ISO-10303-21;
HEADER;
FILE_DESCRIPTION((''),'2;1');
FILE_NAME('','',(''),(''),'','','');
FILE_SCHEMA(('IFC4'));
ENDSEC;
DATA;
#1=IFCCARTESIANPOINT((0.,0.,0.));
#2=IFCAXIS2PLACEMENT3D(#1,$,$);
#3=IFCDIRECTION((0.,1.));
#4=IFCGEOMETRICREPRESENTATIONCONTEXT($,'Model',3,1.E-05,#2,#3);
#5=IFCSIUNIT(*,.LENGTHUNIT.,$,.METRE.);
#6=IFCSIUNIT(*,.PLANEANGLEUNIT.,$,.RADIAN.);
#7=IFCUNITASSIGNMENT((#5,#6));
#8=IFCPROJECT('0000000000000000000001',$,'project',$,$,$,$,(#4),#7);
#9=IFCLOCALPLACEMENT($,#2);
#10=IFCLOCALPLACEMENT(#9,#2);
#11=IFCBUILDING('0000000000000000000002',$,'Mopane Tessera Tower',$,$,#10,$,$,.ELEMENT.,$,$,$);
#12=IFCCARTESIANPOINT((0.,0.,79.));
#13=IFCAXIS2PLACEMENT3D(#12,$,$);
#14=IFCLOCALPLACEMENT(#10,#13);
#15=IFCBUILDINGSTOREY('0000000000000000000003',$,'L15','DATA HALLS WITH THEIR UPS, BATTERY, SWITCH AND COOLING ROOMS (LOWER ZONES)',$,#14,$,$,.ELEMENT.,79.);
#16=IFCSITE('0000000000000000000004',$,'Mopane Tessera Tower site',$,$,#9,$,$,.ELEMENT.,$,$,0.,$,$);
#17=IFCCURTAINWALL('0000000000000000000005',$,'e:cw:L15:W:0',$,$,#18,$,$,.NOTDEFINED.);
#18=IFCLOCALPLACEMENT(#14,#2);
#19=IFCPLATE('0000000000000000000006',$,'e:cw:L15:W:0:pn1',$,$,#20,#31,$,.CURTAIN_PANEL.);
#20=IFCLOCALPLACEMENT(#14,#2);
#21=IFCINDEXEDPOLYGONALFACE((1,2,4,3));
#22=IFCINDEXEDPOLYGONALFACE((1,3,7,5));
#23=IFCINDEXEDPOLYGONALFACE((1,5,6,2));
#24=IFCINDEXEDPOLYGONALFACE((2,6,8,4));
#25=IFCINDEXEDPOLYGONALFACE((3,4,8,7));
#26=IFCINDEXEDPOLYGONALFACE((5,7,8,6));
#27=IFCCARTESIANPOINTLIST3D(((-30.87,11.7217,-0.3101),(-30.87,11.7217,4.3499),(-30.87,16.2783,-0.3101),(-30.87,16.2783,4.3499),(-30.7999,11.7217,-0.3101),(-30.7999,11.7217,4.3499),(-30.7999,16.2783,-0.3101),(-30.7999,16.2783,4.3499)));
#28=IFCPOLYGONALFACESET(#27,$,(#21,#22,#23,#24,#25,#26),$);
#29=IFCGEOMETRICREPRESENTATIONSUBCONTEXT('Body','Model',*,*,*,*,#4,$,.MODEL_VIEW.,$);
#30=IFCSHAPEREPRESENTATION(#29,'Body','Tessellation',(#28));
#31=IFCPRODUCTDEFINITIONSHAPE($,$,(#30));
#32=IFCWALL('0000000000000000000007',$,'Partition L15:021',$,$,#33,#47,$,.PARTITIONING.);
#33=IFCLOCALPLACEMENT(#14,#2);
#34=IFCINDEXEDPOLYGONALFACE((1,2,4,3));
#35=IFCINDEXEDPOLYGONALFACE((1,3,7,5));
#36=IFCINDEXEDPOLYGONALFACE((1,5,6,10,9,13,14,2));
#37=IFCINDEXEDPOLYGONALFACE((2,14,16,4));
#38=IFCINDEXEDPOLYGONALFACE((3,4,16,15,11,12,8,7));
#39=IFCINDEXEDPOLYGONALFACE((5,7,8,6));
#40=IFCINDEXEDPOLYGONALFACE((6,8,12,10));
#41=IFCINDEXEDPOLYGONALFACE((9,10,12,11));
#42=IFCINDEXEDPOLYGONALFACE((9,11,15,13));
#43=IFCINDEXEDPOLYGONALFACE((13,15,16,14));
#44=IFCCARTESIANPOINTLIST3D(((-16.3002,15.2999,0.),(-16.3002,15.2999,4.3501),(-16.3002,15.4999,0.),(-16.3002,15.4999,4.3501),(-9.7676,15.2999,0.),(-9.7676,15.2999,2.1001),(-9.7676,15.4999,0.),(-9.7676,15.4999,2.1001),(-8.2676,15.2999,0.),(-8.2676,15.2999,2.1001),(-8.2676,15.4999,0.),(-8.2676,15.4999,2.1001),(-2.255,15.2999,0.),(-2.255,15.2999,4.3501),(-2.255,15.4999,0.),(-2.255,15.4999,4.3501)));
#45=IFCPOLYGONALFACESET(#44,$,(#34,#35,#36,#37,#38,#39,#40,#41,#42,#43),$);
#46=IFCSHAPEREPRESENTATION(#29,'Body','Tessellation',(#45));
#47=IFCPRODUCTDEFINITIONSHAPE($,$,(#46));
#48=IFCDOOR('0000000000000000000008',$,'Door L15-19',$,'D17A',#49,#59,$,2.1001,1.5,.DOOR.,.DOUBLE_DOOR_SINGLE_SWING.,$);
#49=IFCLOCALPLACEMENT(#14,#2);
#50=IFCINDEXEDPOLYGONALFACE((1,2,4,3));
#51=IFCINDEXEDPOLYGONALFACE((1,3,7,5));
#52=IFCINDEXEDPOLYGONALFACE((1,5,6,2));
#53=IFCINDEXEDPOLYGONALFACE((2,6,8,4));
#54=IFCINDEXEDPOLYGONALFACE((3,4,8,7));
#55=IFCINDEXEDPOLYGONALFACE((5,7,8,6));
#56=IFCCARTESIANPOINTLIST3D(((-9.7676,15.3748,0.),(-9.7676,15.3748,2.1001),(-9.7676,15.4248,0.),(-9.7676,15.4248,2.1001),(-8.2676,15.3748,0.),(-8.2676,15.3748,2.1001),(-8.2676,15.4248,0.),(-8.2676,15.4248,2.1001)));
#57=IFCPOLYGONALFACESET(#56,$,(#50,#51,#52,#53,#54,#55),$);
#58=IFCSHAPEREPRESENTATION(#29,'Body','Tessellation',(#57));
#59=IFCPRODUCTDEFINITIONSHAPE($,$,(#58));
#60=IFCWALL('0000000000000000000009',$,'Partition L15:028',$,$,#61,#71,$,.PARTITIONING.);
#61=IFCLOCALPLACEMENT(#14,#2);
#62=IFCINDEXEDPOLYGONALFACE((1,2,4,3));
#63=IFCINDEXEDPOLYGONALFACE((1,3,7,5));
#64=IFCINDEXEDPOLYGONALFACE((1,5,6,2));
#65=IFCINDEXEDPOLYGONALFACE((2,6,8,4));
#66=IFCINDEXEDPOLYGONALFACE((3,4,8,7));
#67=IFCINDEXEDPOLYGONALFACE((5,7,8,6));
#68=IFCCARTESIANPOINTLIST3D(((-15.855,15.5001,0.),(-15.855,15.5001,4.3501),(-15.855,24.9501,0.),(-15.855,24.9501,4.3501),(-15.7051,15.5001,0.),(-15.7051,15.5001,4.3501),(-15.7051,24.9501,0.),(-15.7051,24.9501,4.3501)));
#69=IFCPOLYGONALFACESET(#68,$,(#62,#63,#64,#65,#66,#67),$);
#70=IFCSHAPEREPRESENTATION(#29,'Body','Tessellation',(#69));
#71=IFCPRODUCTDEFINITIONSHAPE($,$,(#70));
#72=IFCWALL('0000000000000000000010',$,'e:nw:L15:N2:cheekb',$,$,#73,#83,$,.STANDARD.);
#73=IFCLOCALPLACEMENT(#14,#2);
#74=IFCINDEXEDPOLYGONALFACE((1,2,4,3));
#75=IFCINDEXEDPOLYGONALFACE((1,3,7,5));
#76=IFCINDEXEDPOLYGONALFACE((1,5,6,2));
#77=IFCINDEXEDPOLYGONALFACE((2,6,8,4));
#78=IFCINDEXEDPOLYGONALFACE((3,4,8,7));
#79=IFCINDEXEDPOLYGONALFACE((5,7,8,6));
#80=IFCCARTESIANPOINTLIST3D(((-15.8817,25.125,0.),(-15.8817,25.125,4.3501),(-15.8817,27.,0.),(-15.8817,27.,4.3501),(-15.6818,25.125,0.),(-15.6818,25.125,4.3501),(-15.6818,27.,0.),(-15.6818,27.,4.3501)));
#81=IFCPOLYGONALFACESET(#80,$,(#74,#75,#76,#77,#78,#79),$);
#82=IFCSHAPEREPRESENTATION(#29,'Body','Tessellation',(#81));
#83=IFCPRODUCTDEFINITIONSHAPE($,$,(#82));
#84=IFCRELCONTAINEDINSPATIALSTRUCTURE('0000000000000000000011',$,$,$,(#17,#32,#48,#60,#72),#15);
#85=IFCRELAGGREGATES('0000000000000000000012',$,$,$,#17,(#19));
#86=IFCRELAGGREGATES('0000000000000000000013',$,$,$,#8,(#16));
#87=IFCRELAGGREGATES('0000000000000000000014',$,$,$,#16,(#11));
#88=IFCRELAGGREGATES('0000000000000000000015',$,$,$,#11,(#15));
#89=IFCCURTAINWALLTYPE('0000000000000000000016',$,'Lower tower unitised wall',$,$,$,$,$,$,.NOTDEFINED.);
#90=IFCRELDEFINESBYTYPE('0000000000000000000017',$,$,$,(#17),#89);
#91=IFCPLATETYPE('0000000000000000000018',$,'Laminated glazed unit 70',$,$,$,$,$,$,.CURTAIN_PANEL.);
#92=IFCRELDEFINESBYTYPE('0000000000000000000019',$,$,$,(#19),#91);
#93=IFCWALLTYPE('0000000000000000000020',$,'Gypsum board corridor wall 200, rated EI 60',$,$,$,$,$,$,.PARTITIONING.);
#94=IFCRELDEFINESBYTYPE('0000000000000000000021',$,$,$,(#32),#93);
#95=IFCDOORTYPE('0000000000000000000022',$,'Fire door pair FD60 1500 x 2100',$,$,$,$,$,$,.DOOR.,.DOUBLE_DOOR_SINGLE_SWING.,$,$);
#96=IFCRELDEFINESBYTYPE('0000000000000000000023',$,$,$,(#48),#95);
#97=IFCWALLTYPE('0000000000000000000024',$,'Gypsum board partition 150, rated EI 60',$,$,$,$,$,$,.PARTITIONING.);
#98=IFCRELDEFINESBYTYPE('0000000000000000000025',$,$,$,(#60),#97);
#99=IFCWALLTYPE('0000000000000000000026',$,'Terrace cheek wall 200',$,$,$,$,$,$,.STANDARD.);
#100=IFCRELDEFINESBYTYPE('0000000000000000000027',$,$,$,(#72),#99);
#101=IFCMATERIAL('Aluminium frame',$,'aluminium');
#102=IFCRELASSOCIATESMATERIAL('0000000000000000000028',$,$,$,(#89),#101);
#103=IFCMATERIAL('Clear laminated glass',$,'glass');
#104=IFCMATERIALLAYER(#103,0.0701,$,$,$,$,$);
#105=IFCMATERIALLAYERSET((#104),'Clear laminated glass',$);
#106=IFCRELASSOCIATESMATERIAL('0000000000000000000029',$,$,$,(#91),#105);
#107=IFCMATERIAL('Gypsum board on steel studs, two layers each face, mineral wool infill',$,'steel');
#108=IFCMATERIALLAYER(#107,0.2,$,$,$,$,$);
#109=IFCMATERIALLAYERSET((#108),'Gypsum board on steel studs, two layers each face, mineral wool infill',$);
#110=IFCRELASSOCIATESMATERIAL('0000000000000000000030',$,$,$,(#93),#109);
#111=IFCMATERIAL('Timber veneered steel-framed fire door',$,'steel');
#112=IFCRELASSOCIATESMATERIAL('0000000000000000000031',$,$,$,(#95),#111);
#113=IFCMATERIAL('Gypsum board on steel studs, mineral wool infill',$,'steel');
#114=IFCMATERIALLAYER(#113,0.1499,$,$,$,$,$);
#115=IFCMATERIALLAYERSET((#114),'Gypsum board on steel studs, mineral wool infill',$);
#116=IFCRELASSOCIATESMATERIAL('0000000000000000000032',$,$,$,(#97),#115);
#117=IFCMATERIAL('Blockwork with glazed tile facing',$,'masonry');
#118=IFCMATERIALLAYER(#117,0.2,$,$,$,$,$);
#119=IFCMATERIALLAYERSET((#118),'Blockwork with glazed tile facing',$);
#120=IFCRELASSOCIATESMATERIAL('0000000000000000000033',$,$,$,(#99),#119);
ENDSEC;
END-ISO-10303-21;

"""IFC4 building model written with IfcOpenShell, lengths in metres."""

from ifc_helpers import new_model, si_unit, direction, frame, frame_2d, origin, origin_2d, place, context, subcontext, project, spatial, rectangle, extrude, material, layer, layer_set, type_object, element, fill, aggregate, save


model = new_model("IFC4")

# Units and contexts
model_context = context("Model", 3, precision=1e-05, world=origin(), true_north=direction((0.0, 1.0)))
body_context = subcontext(model_context, "Body", "Model", "MODEL_VIEW")
ifc_project = project(units=[si_unit("LENGTHUNIT", "METRE"), si_unit("PLANEANGLEUNIT", "RADIAN")], contexts=[model_context])

# Site, building, storey
site_placement = place(None, origin())
site = spatial("IfcSite", under=ifc_project, at=site_placement, Name="Mopane Tessera Tower site", CompositionType="ELEMENT", RefElevation=0.0)
building_placement = place(site_placement, origin())
building = spatial("IfcBuilding", under=site, at=building_placement, Name="Mopane Tessera Tower", CompositionType="ELEMENT")
storey_placement = place(building_placement, frame((0.0, 0.0, 79.0)))
storey = spatial("IfcBuildingStorey", under=building, at=storey_placement, Name="L15", Description="DATA HALLS WITH THEIR UPS, BATTERY, SWITCH AND COOLING ROOMS (LOWER ZONES)", CompositionType="ELEMENT", Elevation=79.0)

# Curtain wall
ifc_material_1 = material(Name="Aluminium frame", Category="aluminium")
curtain_wall_type = type_object("IfcCurtainWallType", Name="Lower tower unitised wall", PredefinedType="NOTDEFINED", material=ifc_material_1)
curtain_wall_1_placement = place(storey_placement, origin())
curtain_wall_1 = element("IfcCurtainWall", 1, at=curtain_wall_1_placement, inside=storey, type_object=curtain_wall_type, Name="e:cw:L15:W:0", PredefinedType="NOTDEFINED")

# Plate
ifc_material_2 = material(Name="Clear laminated glass", Category="glass")
ifc_layer_1 = layer(ifc_material_2, 0.0701)
ifc_layer_set_1 = layer_set([ifc_layer_1], Name="Clear laminated glass")
plate_type = type_object("IfcPlateType", Name="Laminated glazed unit 70", PredefinedType="CURTAIN_PANEL", material=ifc_layer_set_1)
plate_1_placement = place(storey_placement, frame((-30.835, 14.0, -0.3101), z_axis=(0.0, 0.0, 1.0), x_axis=(0.0, -1.0, 0.0)))
plate_1 = element("IfcPlate", 2, at=plate_1_placement, type_object=plate_type, Name="e:cw:L15:W:0:pn1", PredefinedType="CURTAIN_PANEL", context=body_context, shape_type="SweptSolid", body=[
    extrude(rectangle(XDim=4.5566, YDim=0.0701, at=origin_2d()), origin(), (0.0, 0.0, 1.0), 4.6599),
])
aggregate(curtain_wall_1, [plate_1])

# Wall, opening, door
ifc_material_3 = material(Name="Gypsum board on steel studs, two layers each face, mineral wool infill", Category="steel")
ifc_layer_2 = layer(ifc_material_3, 0.2)
ifc_layer_set_2 = layer_set([ifc_layer_2], Name="Gypsum board on steel studs, two layers each face, mineral wool infill")
wall_type_1 = type_object("IfcWallType", Name="Gypsum board corridor wall 200, rated EI 60", PredefinedType="PARTITIONING", material=ifc_layer_set_2)
wall_1_placement = place(storey_placement, frame((-16.3, 15.3999, 0.0), z_axis=(0.0, 0.0, 1.0), x_axis=(1.0, 0.0, 0.0)))
wall_1 = element("IfcWall", 3, at=wall_1_placement, inside=storey, type_object=wall_type_1, Name="Partition L15:021", PredefinedType="PARTITIONING", context=body_context, shape_type="SweptSolid", body=[
    extrude(rectangle(XDim=14.0452, YDim=0.2, at=frame_2d((7.0225, 0.0))), origin(), (0.0, 0.0, 1.0), 4.3501),
])
opening_placement = place(wall_1_placement, frame((6.5325, 0.0, 0.0)))
opening = element("IfcOpeningElement", 4, at=opening_placement, cuts=wall_1, PredefinedType="OPENING", context=body_context, shape_type="SweptSolid", body=[
    extrude(rectangle(XDim=1.5, YDim=2.1001, at=frame_2d((0.75, 1.05))), frame((0.0, 0.1121, 0.0), z_axis=(0.0, -1.0, 0.0), x_axis=(1.0, 0.0, 0.0)), (0.0, 0.0, 1.0), 0.2239),
])
ifc_material_4 = material(Name="Timber veneered steel-framed fire door", Category="steel")
door_type = type_object("IfcDoorType", Name="Fire door pair FD60 1500 x 2100", OperationType="DOUBLE_DOOR_SINGLE_SWING", PredefinedType="DOOR", material=ifc_material_4)
door_placement = place(opening_placement, origin())
door = element("IfcDoor", 5, at=door_placement, inside=storey, type_object=door_type, Name="Door L15-19", ObjectType="D17A", OperationType="DOUBLE_DOOR_SINGLE_SWING", OverallHeight=2.1001, OverallWidth=1.5, PredefinedType="DOOR", context=body_context, shape_type="SweptSolid", body=[
    extrude(rectangle(XDim=1.5, YDim=2.1001, at=frame_2d((0.75, 1.05))), frame((0.0, 0.0249, 0.0), z_axis=(0.0, -1.0, 0.0), x_axis=(1.0, 0.0, 0.0)), (0.0, 0.0, 1.0), 0.05),
])
fill(opening, door)

# Walls
ifc_material_5 = material(Name="Gypsum board on steel studs, mineral wool infill", Category="steel")
ifc_layer_3 = layer(ifc_material_5, 0.1499)
ifc_layer_set_3 = layer_set([ifc_layer_3], Name="Gypsum board on steel studs, mineral wool infill")
wall_type_2 = type_object("IfcWallType", Name="Gypsum board partition 150, rated EI 60", PredefinedType="PARTITIONING", material=ifc_layer_set_3)
wall_2_placement = place(storey_placement, frame((-15.78, 15.5, 0.0), z_axis=(0.0, 0.0, 1.0), x_axis=(0.0, 1.0, 0.0)))
element("IfcWall", 6, at=wall_2_placement, inside=storey, type_object=wall_type_2, Name="Partition L15:028", PredefinedType="PARTITIONING", context=body_context, shape_type="SweptSolid", body=[
    extrude(rectangle(XDim=9.45, YDim=0.1499, at=frame_2d((4.7251, 0.0))), origin(), (0.0, 0.0, 1.0), 4.3501),
])
ifc_material_6 = material(Name="Blockwork with glazed tile facing", Category="masonry")
ifc_layer_4 = layer(ifc_material_6, 0.2)
ifc_layer_set_4 = layer_set([ifc_layer_4], Name="Blockwork with glazed tile facing")
wall_type_3 = type_object("IfcWallType", Name="Terrace cheek wall 200", PredefinedType="STANDARD", material=ifc_layer_set_4)
wall_3_placement = place(storey_placement, frame((-15.7817, 27.0, 0.0), z_axis=(0.0, 0.0, 1.0), x_axis=(0.0, -1.0, 0.0)))
element("IfcWall", 7, at=wall_3_placement, inside=storey, type_object=wall_type_3, Name="e:nw:L15:N2:cheekb", PredefinedType="STANDARD", context=body_context, shape_type="SweptSolid", body=[
    extrude(rectangle(XDim=1.875, YDim=0.2, at=frame_2d((0.9375, 0.0))), origin(), (0.0, 0.0, 1.0), 4.3501),
])

save(model, "model.ifc")
